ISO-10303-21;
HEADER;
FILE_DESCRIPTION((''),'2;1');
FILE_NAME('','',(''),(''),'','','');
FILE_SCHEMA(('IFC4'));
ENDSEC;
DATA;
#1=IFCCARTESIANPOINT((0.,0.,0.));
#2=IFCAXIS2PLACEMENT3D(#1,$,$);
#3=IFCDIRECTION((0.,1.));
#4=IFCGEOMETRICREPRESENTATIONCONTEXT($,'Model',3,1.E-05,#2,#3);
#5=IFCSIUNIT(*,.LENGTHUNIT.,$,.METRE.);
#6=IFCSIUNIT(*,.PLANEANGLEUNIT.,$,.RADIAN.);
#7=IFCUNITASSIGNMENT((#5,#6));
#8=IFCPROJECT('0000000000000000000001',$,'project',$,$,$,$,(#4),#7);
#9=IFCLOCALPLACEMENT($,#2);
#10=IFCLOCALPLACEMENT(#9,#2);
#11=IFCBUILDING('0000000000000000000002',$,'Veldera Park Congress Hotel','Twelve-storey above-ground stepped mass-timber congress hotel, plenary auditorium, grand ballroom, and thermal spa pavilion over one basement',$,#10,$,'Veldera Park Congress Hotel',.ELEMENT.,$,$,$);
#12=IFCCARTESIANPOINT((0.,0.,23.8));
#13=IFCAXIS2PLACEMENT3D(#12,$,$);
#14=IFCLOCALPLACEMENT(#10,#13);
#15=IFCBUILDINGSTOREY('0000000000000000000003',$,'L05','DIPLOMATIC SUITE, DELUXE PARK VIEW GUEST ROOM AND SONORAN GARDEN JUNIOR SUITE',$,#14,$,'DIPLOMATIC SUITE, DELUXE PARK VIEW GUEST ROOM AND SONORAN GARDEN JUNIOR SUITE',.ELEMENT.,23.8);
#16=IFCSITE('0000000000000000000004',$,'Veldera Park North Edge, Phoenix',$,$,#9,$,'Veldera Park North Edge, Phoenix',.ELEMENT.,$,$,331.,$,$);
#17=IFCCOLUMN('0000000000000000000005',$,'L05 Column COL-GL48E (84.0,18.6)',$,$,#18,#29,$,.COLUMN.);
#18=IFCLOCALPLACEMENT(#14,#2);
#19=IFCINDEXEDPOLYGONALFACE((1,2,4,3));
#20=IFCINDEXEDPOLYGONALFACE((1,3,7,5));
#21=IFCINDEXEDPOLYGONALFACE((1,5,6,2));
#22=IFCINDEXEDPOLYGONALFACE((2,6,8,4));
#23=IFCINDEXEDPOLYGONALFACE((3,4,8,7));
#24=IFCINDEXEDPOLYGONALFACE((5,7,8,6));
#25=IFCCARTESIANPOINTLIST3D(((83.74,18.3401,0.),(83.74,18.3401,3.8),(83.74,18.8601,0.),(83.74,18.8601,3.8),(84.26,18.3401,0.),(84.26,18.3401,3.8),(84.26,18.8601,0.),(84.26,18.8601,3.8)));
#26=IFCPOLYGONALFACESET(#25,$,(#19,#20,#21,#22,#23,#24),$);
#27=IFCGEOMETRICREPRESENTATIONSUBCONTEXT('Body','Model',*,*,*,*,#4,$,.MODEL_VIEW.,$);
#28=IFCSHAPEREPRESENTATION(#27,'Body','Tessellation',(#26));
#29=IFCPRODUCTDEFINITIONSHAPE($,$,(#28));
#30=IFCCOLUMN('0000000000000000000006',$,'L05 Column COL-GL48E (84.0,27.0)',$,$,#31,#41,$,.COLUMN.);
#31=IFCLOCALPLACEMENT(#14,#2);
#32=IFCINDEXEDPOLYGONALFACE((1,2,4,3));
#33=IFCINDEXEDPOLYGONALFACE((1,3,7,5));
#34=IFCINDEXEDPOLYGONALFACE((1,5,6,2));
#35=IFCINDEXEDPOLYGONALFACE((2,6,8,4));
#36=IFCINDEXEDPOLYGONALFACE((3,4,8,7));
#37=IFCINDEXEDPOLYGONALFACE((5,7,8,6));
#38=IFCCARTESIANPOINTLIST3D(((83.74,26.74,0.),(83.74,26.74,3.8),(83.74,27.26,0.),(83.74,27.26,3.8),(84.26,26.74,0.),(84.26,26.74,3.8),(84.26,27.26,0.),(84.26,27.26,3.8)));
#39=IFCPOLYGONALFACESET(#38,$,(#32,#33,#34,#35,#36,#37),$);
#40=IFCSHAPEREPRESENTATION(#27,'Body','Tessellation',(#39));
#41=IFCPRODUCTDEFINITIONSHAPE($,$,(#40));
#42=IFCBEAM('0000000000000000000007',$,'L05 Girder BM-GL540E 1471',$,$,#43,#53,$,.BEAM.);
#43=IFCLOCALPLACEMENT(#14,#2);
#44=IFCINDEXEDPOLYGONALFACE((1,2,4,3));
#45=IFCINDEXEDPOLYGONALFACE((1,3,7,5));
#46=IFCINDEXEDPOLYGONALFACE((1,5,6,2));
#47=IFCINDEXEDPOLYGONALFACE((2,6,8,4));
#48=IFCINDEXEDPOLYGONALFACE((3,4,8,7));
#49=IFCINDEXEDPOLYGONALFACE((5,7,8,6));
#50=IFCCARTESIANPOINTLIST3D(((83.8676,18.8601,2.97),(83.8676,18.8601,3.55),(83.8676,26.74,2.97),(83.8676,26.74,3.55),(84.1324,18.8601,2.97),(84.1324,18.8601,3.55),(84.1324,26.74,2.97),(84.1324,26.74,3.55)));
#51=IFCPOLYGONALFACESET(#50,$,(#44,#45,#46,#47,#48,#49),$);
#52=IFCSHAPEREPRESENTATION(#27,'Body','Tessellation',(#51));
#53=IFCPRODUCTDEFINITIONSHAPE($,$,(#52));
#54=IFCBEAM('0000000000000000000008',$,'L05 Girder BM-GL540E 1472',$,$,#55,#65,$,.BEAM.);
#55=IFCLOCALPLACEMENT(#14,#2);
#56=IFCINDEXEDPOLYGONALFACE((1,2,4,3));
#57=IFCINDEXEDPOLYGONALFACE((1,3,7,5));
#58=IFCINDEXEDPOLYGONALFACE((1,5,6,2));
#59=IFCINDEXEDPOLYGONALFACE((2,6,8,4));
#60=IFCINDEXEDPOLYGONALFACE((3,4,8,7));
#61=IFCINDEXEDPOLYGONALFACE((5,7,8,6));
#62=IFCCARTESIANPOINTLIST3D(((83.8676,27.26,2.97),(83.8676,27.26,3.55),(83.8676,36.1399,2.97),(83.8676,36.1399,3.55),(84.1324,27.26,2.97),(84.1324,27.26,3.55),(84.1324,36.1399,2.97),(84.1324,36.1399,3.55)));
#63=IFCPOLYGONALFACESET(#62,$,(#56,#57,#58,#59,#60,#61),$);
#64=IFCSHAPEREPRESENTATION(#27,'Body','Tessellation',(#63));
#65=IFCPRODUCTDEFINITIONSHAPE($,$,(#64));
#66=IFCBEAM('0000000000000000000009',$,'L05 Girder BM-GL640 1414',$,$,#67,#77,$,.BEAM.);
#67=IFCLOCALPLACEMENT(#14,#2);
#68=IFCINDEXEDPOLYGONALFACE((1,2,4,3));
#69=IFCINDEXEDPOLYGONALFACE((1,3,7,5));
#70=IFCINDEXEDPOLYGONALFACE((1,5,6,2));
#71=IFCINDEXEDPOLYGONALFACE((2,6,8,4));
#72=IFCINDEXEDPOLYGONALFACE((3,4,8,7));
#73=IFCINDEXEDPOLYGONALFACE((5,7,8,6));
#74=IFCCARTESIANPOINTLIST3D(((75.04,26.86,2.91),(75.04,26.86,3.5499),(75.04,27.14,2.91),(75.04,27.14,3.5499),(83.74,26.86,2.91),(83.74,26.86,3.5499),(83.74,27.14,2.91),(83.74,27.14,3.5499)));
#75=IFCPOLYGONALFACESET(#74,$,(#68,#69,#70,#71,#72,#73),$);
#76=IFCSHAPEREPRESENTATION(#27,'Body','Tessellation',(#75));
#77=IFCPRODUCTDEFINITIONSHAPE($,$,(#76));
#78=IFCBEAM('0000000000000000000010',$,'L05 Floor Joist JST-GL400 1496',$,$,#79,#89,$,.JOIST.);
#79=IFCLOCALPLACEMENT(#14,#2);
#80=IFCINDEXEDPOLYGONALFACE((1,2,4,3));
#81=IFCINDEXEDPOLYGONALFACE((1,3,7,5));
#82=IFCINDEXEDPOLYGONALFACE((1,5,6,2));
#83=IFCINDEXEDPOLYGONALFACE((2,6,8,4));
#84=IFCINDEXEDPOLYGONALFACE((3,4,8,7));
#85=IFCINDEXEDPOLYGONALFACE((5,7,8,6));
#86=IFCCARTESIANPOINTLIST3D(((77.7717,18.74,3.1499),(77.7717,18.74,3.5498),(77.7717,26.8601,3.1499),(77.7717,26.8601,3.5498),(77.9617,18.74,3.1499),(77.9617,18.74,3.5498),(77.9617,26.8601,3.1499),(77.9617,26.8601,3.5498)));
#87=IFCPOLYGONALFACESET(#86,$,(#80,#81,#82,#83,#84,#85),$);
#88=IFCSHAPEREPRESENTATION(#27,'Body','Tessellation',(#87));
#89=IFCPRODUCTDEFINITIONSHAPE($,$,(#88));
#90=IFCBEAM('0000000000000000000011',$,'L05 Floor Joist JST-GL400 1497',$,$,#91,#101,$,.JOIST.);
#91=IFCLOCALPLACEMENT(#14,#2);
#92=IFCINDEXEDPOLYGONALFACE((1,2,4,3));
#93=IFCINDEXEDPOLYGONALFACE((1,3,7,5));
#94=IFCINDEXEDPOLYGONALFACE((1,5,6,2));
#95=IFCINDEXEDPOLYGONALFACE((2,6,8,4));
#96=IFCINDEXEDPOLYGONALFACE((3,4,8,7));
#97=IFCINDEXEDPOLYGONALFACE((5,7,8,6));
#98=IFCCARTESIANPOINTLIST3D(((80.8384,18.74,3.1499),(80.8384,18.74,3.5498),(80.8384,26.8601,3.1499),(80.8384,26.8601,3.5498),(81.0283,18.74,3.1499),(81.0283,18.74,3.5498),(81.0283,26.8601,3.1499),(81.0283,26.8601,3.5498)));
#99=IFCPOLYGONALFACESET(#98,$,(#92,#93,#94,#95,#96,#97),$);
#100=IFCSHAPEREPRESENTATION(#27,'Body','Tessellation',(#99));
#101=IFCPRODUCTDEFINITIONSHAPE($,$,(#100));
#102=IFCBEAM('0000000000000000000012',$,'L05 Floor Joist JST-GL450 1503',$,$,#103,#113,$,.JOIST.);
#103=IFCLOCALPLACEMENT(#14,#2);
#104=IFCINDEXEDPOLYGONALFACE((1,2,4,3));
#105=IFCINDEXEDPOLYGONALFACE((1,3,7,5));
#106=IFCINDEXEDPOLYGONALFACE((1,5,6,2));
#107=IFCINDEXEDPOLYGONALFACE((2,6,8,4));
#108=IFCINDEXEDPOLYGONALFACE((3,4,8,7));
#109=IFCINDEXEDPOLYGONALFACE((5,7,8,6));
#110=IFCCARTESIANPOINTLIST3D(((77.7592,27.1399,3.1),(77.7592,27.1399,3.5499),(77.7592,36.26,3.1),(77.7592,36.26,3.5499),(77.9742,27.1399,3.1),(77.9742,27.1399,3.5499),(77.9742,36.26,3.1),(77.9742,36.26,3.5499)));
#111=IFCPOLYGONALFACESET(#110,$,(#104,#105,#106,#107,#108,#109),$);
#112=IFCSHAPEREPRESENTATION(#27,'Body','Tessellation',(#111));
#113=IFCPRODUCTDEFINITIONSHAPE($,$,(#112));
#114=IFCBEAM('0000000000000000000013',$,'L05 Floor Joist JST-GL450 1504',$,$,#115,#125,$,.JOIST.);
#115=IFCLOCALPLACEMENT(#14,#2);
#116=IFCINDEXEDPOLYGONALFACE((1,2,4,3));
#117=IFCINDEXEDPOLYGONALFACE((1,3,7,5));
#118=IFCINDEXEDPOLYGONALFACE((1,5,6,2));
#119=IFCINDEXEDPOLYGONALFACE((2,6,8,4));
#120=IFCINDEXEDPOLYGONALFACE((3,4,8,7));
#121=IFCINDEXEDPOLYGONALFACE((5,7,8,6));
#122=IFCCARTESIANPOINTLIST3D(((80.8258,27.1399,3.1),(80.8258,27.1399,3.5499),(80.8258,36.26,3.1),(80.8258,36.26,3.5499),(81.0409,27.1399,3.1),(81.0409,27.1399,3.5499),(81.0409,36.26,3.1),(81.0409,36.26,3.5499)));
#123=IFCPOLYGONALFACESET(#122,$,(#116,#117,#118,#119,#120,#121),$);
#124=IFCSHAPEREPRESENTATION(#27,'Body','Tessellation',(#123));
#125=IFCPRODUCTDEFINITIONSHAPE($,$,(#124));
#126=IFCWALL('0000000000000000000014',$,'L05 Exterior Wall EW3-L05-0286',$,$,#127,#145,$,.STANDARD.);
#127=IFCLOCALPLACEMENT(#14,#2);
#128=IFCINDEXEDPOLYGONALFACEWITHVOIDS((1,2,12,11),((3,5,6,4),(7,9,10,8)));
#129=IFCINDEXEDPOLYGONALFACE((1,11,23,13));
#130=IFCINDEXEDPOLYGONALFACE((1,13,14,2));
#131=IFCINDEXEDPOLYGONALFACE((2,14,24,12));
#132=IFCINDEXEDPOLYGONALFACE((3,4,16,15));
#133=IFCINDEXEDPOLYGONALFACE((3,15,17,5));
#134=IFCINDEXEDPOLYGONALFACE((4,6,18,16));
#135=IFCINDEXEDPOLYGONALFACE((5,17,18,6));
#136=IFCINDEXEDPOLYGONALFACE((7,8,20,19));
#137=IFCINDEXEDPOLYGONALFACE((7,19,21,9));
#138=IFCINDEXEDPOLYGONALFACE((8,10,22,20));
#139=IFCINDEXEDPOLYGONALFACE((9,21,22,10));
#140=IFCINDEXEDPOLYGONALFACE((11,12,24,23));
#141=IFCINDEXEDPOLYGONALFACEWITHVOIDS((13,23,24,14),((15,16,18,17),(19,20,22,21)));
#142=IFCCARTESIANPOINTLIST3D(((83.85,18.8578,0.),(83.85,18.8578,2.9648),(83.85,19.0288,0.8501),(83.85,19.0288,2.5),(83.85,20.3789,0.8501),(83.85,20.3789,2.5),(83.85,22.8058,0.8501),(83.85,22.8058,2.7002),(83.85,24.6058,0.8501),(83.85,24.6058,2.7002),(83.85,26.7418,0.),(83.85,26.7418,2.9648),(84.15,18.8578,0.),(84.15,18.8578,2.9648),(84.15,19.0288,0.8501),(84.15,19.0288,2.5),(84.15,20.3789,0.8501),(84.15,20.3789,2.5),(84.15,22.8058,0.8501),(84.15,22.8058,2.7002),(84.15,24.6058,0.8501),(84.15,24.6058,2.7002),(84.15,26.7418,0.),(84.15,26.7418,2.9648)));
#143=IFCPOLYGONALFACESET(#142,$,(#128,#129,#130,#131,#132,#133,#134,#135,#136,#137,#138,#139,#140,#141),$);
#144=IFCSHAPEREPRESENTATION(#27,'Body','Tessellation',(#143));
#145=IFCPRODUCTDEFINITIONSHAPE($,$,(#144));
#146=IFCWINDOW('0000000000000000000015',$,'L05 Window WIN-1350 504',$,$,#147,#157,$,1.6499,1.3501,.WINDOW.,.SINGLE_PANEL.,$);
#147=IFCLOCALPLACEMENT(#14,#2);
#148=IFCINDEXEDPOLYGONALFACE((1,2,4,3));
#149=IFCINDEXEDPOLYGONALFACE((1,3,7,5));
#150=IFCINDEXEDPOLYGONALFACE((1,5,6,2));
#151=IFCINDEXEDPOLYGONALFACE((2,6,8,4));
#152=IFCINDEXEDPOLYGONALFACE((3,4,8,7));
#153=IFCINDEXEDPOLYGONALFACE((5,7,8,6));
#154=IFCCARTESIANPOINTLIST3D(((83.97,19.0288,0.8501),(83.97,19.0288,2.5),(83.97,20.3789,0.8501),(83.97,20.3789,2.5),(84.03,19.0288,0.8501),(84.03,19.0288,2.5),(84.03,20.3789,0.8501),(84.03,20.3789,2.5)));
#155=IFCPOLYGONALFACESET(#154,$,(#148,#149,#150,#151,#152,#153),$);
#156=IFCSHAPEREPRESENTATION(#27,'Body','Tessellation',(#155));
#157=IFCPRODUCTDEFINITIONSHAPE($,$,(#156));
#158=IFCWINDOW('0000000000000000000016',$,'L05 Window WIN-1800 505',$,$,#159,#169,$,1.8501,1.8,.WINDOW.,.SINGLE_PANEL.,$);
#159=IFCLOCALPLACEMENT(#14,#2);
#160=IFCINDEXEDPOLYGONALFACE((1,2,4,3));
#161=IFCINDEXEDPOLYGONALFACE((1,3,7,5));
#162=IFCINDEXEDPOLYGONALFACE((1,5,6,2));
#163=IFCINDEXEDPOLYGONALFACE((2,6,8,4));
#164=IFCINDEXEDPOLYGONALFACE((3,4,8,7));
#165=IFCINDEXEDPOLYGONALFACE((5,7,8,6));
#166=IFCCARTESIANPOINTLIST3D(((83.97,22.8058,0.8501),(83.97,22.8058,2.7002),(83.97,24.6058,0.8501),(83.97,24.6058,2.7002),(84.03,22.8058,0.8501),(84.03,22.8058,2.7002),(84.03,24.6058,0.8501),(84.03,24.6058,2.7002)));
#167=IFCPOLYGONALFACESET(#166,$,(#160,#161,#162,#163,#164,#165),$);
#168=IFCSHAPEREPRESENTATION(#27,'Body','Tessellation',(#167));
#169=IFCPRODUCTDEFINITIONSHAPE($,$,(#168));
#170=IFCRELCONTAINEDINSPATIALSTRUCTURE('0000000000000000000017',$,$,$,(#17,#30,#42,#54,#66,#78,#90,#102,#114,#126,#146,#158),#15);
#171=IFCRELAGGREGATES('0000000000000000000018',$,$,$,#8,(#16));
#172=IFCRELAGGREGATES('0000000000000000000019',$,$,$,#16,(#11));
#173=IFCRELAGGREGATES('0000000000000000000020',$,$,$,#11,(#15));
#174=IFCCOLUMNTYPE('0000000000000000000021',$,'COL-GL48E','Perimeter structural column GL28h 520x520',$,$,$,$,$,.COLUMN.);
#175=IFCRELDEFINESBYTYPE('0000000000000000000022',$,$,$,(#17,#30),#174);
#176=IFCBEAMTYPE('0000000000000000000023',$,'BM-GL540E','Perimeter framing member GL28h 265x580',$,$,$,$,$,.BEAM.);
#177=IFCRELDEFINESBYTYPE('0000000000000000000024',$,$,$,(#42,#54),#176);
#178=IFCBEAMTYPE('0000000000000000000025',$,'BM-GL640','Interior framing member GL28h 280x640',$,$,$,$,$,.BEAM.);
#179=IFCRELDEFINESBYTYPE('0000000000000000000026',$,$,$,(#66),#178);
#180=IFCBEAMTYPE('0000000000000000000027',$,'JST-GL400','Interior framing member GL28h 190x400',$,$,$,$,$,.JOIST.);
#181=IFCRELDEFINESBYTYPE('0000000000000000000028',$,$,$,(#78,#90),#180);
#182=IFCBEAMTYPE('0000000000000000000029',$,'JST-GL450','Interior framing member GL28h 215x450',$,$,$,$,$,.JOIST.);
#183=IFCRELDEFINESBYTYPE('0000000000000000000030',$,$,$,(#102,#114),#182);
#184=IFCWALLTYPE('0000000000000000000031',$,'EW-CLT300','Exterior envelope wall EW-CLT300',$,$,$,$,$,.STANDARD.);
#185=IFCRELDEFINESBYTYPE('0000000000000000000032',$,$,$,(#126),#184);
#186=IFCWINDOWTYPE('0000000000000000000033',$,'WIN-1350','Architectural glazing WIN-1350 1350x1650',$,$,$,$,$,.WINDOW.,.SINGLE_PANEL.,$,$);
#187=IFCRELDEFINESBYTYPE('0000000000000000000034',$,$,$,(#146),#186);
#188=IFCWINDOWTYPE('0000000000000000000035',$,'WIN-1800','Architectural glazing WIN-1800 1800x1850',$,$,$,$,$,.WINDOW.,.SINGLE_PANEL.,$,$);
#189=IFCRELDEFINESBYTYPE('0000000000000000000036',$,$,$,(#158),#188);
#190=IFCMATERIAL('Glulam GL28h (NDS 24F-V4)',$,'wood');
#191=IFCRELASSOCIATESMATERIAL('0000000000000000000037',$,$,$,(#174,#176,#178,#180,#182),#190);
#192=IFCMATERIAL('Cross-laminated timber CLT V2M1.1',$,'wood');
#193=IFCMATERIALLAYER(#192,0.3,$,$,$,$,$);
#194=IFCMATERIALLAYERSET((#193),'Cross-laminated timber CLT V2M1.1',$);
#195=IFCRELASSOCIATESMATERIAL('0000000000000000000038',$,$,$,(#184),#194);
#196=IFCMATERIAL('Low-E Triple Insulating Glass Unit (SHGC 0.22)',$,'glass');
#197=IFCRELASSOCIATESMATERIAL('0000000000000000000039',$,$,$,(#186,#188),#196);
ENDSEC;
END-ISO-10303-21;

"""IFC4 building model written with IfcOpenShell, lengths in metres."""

from ifc_helpers import new_model, si_unit, direction, frame, frame_2d, origin, origin_2d, place, context, subcontext, project, spatial, rectangle, extrude, material, layer, layer_set, material_profile, profile_set, type_object, element, fill, save


model = new_model("IFC4")

# Units and contexts
model_context = context("Model", 3, precision=1e-05, world=origin(), true_north=direction((0.0, 1.0)))
body_context = subcontext(model_context, "Body", "Model", "MODEL_VIEW")
ifc_project = project(units=[si_unit("LENGTHUNIT", "METRE"), si_unit("PLANEANGLEUNIT", "RADIAN")], contexts=[model_context])

# Site, building, storey
site_placement = place(None, origin())
site = spatial("IfcSite", under=ifc_project, at=site_placement, Name="Veldera Park North Edge, Phoenix", LongName="Veldera Park North Edge, Phoenix", CompositionType="ELEMENT", RefElevation=331.0)
building_placement = place(site_placement, origin())
building = spatial("IfcBuilding", under=site, at=building_placement, Name="Veldera Park Congress Hotel", Description="Twelve-storey above-ground stepped mass-timber congress hotel, plenary auditorium, grand ballroom, and thermal spa pavilion over one basement", LongName="Veldera Park Congress Hotel", CompositionType="ELEMENT")
storey_placement = place(building_placement, frame((0.0, 0.0, 23.8)))
storey = spatial("IfcBuildingStorey", under=building, at=storey_placement, Name="L05", Description="DIPLOMATIC SUITE, DELUXE PARK VIEW GUEST ROOM AND SONORAN GARDEN JUNIOR SUITE", LongName="DIPLOMATIC SUITE, DELUXE PARK VIEW GUEST ROOM AND SONORAN GARDEN JUNIOR SUITE", CompositionType="ELEMENT", Elevation=23.8)

# Columns
ifc_material_1 = material(Name="Glulam GL28h (NDS 24F-V4)", Category="wood")
ifc_material_profile_1 = material_profile(ifc_material_1, rectangle(XDim=0.52, YDim=0.52, at=origin_2d()), Name="GL28h 520x520")
ifc_profile_set_1 = profile_set([ifc_material_profile_1], Name="Glulam GL28h (NDS 24F-V4)")
column_type = type_object("IfcColumnType", Name="COL-GL48E", Description="Perimeter structural column GL28h 520x520", PredefinedType="COLUMN", material=ifc_profile_set_1)
for number, where, z_axis, x_axis, name in (
    (1, (84.0, 18.6001, 0.0), (0.0, 0.0, 1.0), (1.0, 0.0, 0.0), "L05 Column COL-GL48E (84.0,18.6)"),
    (2, (84.0, 27.0, 0.0), (0.0, 0.0, 1.0), (1.0, 0.0, 0.0), "L05 Column COL-GL48E (84.0,27.0)"),
):
    element("IfcColumn", number, at=place(storey_placement, frame(where, z_axis=z_axis, x_axis=x_axis)), inside=storey, type_object=column_type, Name=name, PredefinedType="COLUMN", context=body_context, shape_type="SweptSolid", body=[
        extrude(rectangle(XDim=0.52, YDim=0.52, at=origin_2d()), origin(), (0.0, 0.0, 1.0), 3.8),
    ])

# Beams
ifc_material_profile_2 = material_profile(ifc_material_1, rectangle(XDim=0.2649, YDim=0.5801, at=origin_2d()), Name="GL28h 265x580")
ifc_profile_set_2 = profile_set([ifc_material_profile_2], Name="Glulam GL28h (NDS 24F-V4)")
beam_type_1 = type_object("IfcBeamType", Name="BM-GL540E", Description="Perimeter framing member GL28h 265x580", PredefinedType="BEAM", material=ifc_profile_set_2)
beam_1_placement = place(storey_placement, frame((84.0, 18.8601, 3.26), z_axis=(0.0, 1.0, 0.0), x_axis=(-1.0, 0.0, 0.0)))
element("IfcBeam", 3, at=beam_1_placement, inside=storey, type_object=beam_type_1, Name="L05 Girder BM-GL540E 1471", PredefinedType="BEAM", context=body_context, shape_type="SweptSolid", body=[
    extrude(rectangle(XDim=0.2649, YDim=0.5801, at=origin_2d()), origin(), (0.0, 0.0, 1.0), 7.8799),
])
beam_2_placement = place(storey_placement, frame((84.0, 27.26, 3.26), z_axis=(0.0, 1.0, 0.0), x_axis=(-1.0, 0.0, 0.0)))
element("IfcBeam", 4, at=beam_2_placement, inside=storey, type_object=beam_type_1, Name="L05 Girder BM-GL540E 1472", PredefinedType="BEAM", context=body_context, shape_type="SweptSolid", body=[
    extrude(rectangle(XDim=0.2649, YDim=0.5801, at=origin_2d()), origin(), (0.0, 0.0, 1.0), 8.8799),
])
ifc_material_profile_3 = material_profile(ifc_material_1, rectangle(XDim=0.28, YDim=0.6399, at=origin_2d()), Name="GL28h 280x640")
ifc_profile_set_3 = profile_set([ifc_material_profile_3], Name="Glulam GL28h (NDS 24F-V4)")
beam_type_2 = type_object("IfcBeamType", Name="BM-GL640", Description="Interior framing member GL28h 280x640", PredefinedType="BEAM", material=ifc_profile_set_3)
beam_3_placement = place(storey_placement, frame((75.04, 27.0, 3.23), z_axis=(1.0, 0.0, 0.0), x_axis=(0.0, 1.0, 0.0)))
element("IfcBeam", 5, at=beam_3_placement, inside=storey, type_object=beam_type_2, Name="L05 Girder BM-GL640 1414", PredefinedType="BEAM", context=body_context, shape_type="SweptSolid", body=[
    extrude(rectangle(XDim=0.28, YDim=0.6399, at=origin_2d()), origin(), (0.0, 0.0, 1.0), 8.7),
])
ifc_material_profile_4 = material_profile(ifc_material_1, rectangle(XDim=0.1899, YDim=0.3999, at=origin_2d()), Name="GL28h 190x400")
ifc_profile_set_4 = profile_set([ifc_material_profile_4], Name="Glulam GL28h (NDS 24F-V4)")
beam_type_3 = type_object("IfcBeamType", Name="JST-GL400", Description="Interior framing member GL28h 190x400", PredefinedType="JOIST", material=ifc_profile_set_4)
for number, where, z_axis, x_axis, name in (
    (6, (77.8667, 18.74, 3.3499), (0.0, 1.0, 0.0), (-1.0, 0.0, 0.0), "L05 Floor Joist JST-GL400 1496"),
    (7, (80.9333, 18.74, 3.3499), (0.0, 1.0, 0.0), (-1.0, 0.0, 0.0), "L05 Floor Joist JST-GL400 1497"),
):
    element("IfcBeam", number, at=place(storey_placement, frame(where, z_axis=z_axis, x_axis=x_axis)), inside=storey, type_object=beam_type_3, Name=name, PredefinedType="JOIST", context=body_context, shape_type="SweptSolid", body=[
        extrude(rectangle(XDim=0.1899, YDim=0.3999, at=origin_2d()), origin(), (0.0, 0.0, 1.0), 8.1201),
    ])
ifc_material_profile_5 = material_profile(ifc_material_1, rectangle(XDim=0.2151, YDim=0.45, at=origin_2d()), Name="GL28h 215x450")
ifc_profile_set_5 = profile_set([ifc_material_profile_5], Name="Glulam GL28h (NDS 24F-V4)")
beam_type_4 = type_object("IfcBeamType", Name="JST-GL450", Description="Interior framing member GL28h 215x450", PredefinedType="JOIST", material=ifc_profile_set_5)
for number, where, z_axis, x_axis, name in (
    (8, (77.8667, 27.1399, 3.325), (0.0, 1.0, 0.0), (-1.0, 0.0, 0.0), "L05 Floor Joist JST-GL450 1503"),
    (9, (80.9333, 27.1399, 3.325), (0.0, 1.0, 0.0), (-1.0, 0.0, 0.0), "L05 Floor Joist JST-GL450 1504"),
):
    element("IfcBeam", number, at=place(storey_placement, frame(where, z_axis=z_axis, x_axis=x_axis)), inside=storey, type_object=beam_type_4, Name=name, PredefinedType="JOIST", context=body_context, shape_type="SweptSolid", body=[
        extrude(rectangle(XDim=0.2151, YDim=0.45, at=origin_2d()), origin(), (0.0, 0.0, 1.0), 9.1201),
    ])

# Wall, openings, windows
ifc_material_2 = material(Name="Cross-laminated timber CLT V2M1.1", Category="wood")
ifc_layer_1 = layer(ifc_material_2, 0.3)
ifc_layer_set_1 = layer_set([ifc_layer_1], Name="Cross-laminated timber CLT V2M1.1")
wall_type_1 = type_object("IfcWallType", Name="EW-CLT300", Description="Exterior envelope wall EW-CLT300", PredefinedType="STANDARD", material=ifc_layer_set_1)
wall_1_placement = place(storey_placement, frame((84.0, 18.8579, 0.0), z_axis=(0.0, 0.0, 1.0), x_axis=(0.0, 1.0, 0.0)))
wall_1 = element("IfcWall", 10, at=wall_1_placement, inside=storey, type_object=wall_type_1, Name="L05 Exterior Wall EW3-L05-0286", PredefinedType="STANDARD", context=body_context, shape_type="SweptSolid", body=[
    extrude(rectangle(XDim=7.884, YDim=0.3, at=frame_2d((3.9419, 0.0))), origin(), (0.0, 0.0, 1.0), 2.9648),
])
opening_1_placement = place(wall_1_placement, frame((0.1709, 0.0, 0.8501)))
opening_1 = element("IfcOpeningElement", 11, at=opening_1_placement, cuts=wall_1, PredefinedType="OPENING", context=body_context, shape_type="SweptSolid", body=[
    extrude(rectangle(XDim=1.3501, YDim=1.6499, at=frame_2d((0.675, 0.825))), frame((0.0, 0.1621, 0.0), z_axis=(0.0, -1.0, 0.0), x_axis=(1.0, 0.0, 0.0)), (0.0, 0.0, 1.0), 0.324),
])
opening_2_placement = place(wall_1_placement, frame((3.948, 0.0, 0.8501)))
opening_2 = element("IfcOpeningElement", 12, at=opening_2_placement, cuts=wall_1, PredefinedType="OPENING", context=body_context, shape_type="SweptSolid", body=[
    extrude(rectangle(XDim=1.8, YDim=1.8501, at=frame_2d((0.8999, 0.925))), frame((0.0, 0.1621, 0.0), z_axis=(0.0, -1.0, 0.0), x_axis=(1.0, 0.0, 0.0)), (0.0, 0.0, 1.0), 0.324),
])
ifc_material_3 = material(Name="Low-E Triple Insulating Glass Unit (SHGC 0.22)", Category="glass")
window_type_1 = type_object("IfcWindowType", Name="WIN-1350", Description="Architectural glazing WIN-1350 1350x1650", PartitioningType="SINGLE_PANEL", PredefinedType="WINDOW", material=ifc_material_3)
window_1_placement = place(opening_1_placement, origin())
window_1 = element("IfcWindow", 13, at=window_1_placement, inside=storey, type_object=window_type_1, Name="L05 Window WIN-1350 504", OverallHeight=1.6499, OverallWidth=1.3501, PartitioningType="SINGLE_PANEL", PredefinedType="WINDOW", context=body_context, shape_type="SweptSolid", body=[
    extrude(rectangle(XDim=1.3501, YDim=1.6499, at=frame_2d((0.675, 0.825))), frame((0.0, 0.03, 0.0), z_axis=(0.0, -1.0, 0.0), x_axis=(1.0, 0.0, 0.0)), (0.0, 0.0, 1.0), 0.0601),
])
fill(opening_1, window_1)
window_type_2 = type_object("IfcWindowType", Name="WIN-1800", Description="Architectural glazing WIN-1800 1800x1850", PartitioningType="SINGLE_PANEL", PredefinedType="WINDOW", material=ifc_material_3)
window_2_placement = place(opening_2_placement, origin())
window_2 = element("IfcWindow", 14, at=window_2_placement, inside=storey, type_object=window_type_2, Name="L05 Window WIN-1800 505", OverallHeight=1.8501, OverallWidth=1.8, PartitioningType="SINGLE_PANEL", PredefinedType="WINDOW", context=body_context, shape_type="SweptSolid", body=[
    extrude(rectangle(XDim=1.8, YDim=1.8501, at=frame_2d((0.8999, 0.925))), frame((0.0, 0.03, 0.0), z_axis=(0.0, -1.0, 0.0), x_axis=(1.0, 0.0, 0.0)), (0.0, 0.0, 1.0), 0.0601),
])
fill(opening_2, window_2)

save(model, "model.ifc")
